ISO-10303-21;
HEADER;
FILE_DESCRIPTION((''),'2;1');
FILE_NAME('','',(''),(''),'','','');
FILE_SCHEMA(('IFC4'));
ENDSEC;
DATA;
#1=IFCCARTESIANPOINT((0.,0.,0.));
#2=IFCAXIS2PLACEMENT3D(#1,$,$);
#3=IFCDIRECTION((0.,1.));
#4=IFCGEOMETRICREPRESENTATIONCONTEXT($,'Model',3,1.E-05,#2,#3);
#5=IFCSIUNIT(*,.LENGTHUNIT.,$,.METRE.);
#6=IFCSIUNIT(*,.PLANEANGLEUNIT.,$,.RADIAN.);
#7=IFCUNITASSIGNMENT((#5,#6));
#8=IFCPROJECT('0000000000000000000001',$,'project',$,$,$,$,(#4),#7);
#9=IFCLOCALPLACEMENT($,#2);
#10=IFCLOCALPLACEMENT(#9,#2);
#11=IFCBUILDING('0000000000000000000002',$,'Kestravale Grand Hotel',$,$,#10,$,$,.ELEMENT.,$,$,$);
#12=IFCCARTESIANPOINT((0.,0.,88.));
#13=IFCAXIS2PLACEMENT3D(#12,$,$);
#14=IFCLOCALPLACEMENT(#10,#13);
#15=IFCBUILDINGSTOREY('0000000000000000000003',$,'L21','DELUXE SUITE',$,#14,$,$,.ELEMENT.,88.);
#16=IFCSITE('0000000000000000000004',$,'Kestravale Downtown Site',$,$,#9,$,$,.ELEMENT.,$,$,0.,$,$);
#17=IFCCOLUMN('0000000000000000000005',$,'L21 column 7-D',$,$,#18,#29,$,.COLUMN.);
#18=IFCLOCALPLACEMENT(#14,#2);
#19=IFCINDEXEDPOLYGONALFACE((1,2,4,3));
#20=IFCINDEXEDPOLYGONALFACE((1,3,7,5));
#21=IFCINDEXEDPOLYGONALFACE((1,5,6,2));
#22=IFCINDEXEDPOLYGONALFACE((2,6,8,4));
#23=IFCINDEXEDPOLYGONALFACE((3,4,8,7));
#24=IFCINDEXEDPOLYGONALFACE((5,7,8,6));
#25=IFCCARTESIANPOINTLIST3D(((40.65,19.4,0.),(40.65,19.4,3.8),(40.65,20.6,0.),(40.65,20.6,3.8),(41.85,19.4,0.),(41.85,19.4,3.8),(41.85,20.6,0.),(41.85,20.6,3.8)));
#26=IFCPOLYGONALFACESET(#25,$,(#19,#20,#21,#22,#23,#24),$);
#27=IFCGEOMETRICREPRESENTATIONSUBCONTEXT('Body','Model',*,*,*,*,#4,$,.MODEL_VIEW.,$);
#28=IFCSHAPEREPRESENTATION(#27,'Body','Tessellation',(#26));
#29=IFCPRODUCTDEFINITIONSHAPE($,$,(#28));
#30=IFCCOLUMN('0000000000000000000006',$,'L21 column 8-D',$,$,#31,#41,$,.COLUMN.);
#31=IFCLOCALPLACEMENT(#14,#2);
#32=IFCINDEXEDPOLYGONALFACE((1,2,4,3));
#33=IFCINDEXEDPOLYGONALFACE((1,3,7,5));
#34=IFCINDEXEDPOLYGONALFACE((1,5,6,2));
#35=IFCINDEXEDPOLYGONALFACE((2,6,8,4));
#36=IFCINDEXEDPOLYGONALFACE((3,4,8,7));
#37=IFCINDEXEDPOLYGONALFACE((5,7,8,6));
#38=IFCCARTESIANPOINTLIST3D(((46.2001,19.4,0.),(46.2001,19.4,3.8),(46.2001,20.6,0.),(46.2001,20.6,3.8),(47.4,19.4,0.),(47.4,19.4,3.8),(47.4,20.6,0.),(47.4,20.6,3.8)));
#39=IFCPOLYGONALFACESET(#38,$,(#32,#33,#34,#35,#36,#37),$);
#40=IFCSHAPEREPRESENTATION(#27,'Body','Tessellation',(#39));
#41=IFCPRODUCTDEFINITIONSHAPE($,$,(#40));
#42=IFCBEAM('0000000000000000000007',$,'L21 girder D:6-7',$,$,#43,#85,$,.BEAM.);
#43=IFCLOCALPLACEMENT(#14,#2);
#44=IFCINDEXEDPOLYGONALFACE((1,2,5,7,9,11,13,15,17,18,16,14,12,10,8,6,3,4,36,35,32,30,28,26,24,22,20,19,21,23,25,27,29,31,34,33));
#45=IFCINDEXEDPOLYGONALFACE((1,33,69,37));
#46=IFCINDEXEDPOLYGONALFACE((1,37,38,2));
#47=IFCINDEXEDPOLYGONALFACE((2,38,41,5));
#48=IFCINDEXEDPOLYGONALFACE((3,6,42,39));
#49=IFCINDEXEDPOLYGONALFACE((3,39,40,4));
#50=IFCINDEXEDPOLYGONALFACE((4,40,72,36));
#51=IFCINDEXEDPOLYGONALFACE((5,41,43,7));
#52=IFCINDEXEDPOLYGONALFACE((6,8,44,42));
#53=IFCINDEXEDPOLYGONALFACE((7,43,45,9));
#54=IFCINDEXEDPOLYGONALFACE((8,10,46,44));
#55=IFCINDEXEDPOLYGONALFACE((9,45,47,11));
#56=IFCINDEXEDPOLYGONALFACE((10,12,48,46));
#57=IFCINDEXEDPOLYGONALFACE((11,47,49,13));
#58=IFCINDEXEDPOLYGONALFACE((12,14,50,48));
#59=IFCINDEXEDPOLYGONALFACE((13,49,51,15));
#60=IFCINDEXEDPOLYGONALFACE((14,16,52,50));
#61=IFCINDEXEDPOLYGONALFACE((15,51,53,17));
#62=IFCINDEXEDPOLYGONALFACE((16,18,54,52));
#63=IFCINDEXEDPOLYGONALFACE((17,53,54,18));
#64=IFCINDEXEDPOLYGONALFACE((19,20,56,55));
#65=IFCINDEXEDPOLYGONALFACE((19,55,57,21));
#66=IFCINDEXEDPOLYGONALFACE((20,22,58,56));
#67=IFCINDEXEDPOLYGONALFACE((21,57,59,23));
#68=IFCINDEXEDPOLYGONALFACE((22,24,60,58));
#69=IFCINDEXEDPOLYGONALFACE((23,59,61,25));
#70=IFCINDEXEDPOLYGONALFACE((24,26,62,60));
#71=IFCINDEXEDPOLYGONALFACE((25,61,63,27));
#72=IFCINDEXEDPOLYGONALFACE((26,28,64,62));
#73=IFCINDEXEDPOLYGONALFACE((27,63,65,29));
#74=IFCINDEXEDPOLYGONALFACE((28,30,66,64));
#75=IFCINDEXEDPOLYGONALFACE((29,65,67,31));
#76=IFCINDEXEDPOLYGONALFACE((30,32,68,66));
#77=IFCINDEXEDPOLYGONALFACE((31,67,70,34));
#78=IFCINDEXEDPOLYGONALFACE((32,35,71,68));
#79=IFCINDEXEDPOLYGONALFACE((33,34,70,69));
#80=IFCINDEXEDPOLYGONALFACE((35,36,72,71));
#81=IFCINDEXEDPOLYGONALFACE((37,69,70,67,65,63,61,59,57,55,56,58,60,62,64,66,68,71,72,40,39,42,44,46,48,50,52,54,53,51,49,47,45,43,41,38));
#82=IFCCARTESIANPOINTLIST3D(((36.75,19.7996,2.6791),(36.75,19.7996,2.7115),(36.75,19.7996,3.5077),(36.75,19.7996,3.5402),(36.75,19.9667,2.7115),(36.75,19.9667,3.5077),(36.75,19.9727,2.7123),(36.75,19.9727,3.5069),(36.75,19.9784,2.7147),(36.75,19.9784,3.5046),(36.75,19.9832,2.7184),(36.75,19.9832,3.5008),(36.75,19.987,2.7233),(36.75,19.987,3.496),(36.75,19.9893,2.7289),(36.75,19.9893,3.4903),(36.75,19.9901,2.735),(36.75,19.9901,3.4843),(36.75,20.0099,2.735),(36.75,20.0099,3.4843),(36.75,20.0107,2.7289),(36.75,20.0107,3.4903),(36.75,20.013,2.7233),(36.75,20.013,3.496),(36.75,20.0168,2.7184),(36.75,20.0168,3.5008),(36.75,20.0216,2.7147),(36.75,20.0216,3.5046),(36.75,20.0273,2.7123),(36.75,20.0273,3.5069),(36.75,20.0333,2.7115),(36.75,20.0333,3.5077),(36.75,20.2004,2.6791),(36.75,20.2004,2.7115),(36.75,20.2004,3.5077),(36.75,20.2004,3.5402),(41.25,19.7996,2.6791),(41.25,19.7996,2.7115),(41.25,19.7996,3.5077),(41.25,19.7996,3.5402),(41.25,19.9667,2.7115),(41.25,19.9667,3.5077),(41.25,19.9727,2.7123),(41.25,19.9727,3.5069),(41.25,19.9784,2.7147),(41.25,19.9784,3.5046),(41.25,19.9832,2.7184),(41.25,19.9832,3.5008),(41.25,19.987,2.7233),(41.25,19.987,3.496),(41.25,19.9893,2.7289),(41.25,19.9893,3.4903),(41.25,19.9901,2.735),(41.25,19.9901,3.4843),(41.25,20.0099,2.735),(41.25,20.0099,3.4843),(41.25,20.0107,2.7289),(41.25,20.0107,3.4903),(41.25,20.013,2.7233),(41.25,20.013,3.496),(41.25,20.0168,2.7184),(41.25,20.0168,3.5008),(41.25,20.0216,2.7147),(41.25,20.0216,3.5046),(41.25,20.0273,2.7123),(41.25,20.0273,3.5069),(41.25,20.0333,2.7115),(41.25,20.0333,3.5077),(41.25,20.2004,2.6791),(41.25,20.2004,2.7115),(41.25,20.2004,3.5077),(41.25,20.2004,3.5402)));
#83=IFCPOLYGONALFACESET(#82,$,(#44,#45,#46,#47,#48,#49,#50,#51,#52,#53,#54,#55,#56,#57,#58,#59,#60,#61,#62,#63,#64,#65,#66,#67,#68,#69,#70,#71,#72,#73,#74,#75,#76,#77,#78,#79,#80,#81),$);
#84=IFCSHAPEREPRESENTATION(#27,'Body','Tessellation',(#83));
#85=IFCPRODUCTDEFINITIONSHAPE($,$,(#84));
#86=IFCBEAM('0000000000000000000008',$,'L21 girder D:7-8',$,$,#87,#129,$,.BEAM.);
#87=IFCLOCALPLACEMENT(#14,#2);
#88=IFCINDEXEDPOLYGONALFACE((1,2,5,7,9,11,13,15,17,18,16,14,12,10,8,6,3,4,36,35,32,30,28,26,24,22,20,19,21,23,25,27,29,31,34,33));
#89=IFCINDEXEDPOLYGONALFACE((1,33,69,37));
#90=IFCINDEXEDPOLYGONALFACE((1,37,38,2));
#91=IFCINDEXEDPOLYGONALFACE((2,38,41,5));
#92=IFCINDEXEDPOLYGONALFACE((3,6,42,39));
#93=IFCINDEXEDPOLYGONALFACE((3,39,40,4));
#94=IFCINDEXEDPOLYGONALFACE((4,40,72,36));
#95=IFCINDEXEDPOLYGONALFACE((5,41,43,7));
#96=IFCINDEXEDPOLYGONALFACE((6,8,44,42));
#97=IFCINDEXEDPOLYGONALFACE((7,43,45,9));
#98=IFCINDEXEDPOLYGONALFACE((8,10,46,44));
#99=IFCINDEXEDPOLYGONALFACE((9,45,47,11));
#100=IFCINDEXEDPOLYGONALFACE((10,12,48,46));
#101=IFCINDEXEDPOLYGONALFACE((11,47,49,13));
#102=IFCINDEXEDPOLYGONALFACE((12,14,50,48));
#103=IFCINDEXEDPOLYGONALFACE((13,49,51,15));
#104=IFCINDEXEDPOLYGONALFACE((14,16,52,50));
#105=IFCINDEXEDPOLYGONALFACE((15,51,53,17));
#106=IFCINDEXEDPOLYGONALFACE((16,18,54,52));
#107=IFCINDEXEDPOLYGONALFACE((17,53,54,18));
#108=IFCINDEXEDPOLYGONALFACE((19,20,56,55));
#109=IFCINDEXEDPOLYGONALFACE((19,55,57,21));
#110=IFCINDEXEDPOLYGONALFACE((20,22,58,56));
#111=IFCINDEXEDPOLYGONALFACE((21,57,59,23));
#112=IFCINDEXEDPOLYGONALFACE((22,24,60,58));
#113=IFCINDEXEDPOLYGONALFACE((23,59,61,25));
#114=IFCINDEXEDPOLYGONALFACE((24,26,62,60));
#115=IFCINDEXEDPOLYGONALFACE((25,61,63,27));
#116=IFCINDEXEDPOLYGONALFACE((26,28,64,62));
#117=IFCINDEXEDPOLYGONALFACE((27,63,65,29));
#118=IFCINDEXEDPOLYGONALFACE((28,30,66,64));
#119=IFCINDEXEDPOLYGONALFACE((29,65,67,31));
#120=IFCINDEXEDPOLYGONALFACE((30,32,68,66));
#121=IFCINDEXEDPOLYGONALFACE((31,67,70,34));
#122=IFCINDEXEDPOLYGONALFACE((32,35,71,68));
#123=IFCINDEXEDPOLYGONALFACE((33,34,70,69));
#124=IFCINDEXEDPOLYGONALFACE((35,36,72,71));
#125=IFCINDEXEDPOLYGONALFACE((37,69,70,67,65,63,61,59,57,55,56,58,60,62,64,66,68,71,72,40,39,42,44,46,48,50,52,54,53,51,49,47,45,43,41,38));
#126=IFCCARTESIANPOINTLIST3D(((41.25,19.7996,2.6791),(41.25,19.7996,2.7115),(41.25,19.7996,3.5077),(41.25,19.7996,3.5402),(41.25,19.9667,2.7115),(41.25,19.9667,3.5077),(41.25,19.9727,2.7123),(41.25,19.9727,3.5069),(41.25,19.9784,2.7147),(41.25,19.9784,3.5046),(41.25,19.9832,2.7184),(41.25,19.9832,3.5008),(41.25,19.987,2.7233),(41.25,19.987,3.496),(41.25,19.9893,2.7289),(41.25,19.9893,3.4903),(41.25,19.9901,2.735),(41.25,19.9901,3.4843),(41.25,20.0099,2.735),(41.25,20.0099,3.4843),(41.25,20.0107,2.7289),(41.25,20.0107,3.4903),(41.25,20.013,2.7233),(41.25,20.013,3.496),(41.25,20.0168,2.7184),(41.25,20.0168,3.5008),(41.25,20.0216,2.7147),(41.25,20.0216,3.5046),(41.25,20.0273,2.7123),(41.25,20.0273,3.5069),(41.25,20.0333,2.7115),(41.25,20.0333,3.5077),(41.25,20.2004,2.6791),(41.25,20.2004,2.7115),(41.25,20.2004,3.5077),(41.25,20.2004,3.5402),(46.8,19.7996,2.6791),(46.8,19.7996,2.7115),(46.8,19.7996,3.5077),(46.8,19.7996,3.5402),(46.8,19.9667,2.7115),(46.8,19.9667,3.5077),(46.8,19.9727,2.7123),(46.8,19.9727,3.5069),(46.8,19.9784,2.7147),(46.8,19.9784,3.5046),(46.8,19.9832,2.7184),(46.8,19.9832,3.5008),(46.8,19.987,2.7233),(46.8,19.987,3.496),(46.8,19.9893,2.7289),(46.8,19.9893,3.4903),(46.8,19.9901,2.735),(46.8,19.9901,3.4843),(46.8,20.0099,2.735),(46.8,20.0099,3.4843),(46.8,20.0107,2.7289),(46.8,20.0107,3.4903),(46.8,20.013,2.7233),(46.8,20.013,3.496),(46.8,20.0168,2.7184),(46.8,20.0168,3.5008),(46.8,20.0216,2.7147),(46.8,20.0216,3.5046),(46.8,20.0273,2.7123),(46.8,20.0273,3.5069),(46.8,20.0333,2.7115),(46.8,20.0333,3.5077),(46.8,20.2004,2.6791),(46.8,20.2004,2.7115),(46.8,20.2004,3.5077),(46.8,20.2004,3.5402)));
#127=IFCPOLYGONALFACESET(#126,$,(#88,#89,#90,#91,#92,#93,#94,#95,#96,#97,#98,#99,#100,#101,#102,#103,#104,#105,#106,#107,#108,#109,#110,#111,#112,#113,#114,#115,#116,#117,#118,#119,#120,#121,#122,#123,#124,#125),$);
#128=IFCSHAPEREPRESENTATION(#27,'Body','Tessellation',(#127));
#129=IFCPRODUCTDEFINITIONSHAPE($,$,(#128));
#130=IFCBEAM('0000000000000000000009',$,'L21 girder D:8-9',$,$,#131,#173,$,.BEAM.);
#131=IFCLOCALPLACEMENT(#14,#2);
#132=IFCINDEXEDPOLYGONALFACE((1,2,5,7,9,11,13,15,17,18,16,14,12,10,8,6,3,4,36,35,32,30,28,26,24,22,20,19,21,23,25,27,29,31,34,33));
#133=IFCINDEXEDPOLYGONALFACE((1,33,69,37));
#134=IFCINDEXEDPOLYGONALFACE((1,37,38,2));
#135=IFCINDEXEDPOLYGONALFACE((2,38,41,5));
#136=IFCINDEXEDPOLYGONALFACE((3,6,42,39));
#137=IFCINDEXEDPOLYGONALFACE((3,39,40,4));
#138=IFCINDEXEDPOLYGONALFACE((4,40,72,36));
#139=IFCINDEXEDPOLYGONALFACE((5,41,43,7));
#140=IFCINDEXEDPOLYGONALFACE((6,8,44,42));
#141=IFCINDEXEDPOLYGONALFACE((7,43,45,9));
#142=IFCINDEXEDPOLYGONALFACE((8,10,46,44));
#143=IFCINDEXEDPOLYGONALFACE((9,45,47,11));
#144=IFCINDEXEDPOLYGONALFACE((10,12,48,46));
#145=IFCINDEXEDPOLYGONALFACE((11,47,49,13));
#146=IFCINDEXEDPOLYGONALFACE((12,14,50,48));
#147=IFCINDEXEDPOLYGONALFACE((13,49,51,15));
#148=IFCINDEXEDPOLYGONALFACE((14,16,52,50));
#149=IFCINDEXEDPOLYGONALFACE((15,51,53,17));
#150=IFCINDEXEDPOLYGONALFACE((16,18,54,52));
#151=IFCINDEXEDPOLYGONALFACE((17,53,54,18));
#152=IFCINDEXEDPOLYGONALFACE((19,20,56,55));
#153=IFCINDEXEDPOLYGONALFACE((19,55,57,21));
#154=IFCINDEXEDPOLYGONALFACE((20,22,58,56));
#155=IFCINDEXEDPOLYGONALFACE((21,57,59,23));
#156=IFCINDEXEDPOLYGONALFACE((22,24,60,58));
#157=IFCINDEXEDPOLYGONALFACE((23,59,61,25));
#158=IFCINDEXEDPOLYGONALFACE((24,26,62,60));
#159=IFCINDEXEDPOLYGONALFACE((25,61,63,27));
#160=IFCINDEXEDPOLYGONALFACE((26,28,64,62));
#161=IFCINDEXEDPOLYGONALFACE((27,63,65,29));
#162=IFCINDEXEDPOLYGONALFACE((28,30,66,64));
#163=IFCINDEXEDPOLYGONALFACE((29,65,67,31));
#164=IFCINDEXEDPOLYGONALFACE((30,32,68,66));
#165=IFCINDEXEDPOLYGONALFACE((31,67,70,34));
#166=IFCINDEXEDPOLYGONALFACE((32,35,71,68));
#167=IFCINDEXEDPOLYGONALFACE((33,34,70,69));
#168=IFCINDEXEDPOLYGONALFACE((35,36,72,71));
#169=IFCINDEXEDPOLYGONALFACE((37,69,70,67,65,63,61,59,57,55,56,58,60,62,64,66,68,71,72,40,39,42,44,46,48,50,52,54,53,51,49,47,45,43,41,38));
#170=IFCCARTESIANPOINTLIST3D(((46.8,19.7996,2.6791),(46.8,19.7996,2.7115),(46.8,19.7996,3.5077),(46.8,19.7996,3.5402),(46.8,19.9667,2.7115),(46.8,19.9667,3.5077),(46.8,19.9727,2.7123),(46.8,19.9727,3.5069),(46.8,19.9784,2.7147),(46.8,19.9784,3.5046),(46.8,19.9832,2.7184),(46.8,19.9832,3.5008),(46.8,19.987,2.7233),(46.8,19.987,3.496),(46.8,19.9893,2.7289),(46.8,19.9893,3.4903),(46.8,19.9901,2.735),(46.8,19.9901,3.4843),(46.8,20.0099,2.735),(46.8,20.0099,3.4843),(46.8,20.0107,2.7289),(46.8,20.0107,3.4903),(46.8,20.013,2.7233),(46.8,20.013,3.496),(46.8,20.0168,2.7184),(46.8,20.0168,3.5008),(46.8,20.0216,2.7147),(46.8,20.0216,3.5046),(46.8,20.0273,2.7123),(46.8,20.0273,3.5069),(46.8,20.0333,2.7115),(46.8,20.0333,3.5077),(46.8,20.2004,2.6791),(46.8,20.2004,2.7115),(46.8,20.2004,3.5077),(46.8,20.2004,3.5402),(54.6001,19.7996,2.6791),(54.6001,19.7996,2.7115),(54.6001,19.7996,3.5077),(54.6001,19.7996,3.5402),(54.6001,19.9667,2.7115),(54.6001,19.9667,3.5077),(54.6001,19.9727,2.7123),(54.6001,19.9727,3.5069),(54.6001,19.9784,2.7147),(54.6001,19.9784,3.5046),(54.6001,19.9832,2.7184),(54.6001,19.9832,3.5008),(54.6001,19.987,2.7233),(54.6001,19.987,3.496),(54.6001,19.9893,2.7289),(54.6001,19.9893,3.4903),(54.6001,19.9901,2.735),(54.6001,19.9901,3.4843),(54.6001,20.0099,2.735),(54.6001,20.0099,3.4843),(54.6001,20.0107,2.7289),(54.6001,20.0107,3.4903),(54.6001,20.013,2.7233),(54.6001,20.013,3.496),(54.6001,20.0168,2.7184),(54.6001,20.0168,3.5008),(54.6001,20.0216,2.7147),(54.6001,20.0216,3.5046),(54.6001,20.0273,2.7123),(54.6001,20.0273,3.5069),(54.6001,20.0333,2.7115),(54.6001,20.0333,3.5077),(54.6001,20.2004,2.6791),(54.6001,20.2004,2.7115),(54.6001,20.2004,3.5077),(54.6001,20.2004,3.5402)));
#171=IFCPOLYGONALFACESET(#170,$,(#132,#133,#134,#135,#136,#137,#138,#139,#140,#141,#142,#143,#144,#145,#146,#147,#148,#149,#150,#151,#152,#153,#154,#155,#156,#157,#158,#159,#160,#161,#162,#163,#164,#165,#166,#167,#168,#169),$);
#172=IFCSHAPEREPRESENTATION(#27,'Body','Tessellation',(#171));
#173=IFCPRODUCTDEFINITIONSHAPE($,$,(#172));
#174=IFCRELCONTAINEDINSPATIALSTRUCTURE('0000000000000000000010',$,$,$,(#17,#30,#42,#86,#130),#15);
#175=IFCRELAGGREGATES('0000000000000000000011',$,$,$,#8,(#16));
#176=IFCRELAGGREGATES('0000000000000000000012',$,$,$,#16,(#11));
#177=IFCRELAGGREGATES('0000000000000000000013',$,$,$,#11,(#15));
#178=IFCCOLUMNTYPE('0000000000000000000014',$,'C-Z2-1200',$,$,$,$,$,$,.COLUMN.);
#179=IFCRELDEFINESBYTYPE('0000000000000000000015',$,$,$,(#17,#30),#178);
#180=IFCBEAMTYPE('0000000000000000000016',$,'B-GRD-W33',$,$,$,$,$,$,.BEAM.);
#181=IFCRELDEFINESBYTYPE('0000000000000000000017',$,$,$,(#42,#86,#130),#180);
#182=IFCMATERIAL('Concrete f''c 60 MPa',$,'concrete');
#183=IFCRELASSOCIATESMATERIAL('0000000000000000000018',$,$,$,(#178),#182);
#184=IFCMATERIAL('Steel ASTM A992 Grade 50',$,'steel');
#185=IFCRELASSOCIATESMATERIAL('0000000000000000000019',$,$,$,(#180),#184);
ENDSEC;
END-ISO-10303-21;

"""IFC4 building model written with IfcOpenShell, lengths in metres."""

from ifc_helpers import new_model, si_unit, direction, frame, origin, origin_2d, place, context, subcontext, project, spatial, rectangle, i_section, extrude, material, material_profile, profile_set, type_object, element, save


model = new_model("IFC4")

# Units and contexts
model_context = context("Model", 3, precision=1e-05, world=origin(), true_north=direction((0.0, 1.0)))
body_context = subcontext(model_context, "Body", "Model", "MODEL_VIEW")
ifc_project = project(units=[si_unit("LENGTHUNIT", "METRE"), si_unit("PLANEANGLEUNIT", "RADIAN")], contexts=[model_context])

# Site, building, storey
site_placement = place(None, origin())
site = spatial("IfcSite", under=ifc_project, at=site_placement, Name="Kestravale Downtown Site", CompositionType="ELEMENT", RefElevation=0.0)
building_placement = place(site_placement, origin())
building = spatial("IfcBuilding", under=site, at=building_placement, Name="Kestravale Grand Hotel", CompositionType="ELEMENT")
storey_placement = place(building_placement, frame((0.0, 0.0, 88.0)))
storey = spatial("IfcBuildingStorey", under=building, at=storey_placement, Name="L21", Description="DELUXE SUITE", CompositionType="ELEMENT", Elevation=88.0)

# Columns
ifc_material_1 = material(Name="Concrete f'c 60 MPa", Category="concrete")
ifc_material_profile_1 = material_profile(ifc_material_1, rectangle(XDim=1.2, YDim=1.2, at=origin_2d()))
ifc_profile_set_1 = profile_set([ifc_material_profile_1], Name="Concrete f'c 60 MPa")
column_type = type_object("IfcColumnType", Name="C-Z2-1200", PredefinedType="COLUMN", material=ifc_profile_set_1)
for number, where, z_axis, x_axis, name in (
    (1, (41.25, 20.0, 0.0), (0.0, 0.0, 1.0), (1.0, 0.0, 0.0), "L21 column 7-D"),
    (2, (46.8, 20.0, 0.0), (0.0, 0.0, 1.0), (1.0, 0.0, 0.0), "L21 column 8-D"),
):
    element("IfcColumn", number, at=place(storey_placement, frame(where, z_axis=z_axis, x_axis=x_axis)), inside=storey, type_object=column_type, Name=name, PredefinedType="COLUMN", context=body_context, shape_type="SweptSolid", body=[
        extrude(rectangle(XDim=1.2, YDim=1.2, at=origin_2d()), origin(), (0.0, 0.0, 1.0), 3.8),
    ])

# Beams
ifc_material_2 = material(Name="Steel ASTM A992 Grade 50", Category="steel")
ifc_material_profile_2 = material_profile(ifc_material_2, i_section(OverallWidth=0.4009, OverallDepth=0.8611, WebThickness=0.0198, FlangeThickness=0.0325, FilletRadius=0.0234, at=origin_2d()))
ifc_profile_set_2 = profile_set([ifc_material_profile_2], Name="Steel ASTM A992 Grade 50")
beam_type = type_object("IfcBeamType", Name="B-GRD-W33", PredefinedType="BEAM", material=ifc_profile_set_2)
beam_1_placement = place(storey_placement, frame((36.75, 20.0, 3.1096), z_axis=(1.0, 0.0, 0.0), x_axis=(0.0, 1.0, 0.0)))
element("IfcBeam", 3, at=beam_1_placement, inside=storey, type_object=beam_type, Name="L21 girder D:6-7", PredefinedType="BEAM", context=body_context, shape_type="SweptSolid", body=[
    extrude(i_section(OverallWidth=0.4009, OverallDepth=0.8611, WebThickness=0.0198, FlangeThickness=0.0325, FilletRadius=0.0234, at=origin_2d()), origin(), (0.0, 0.0, 1.0), 4.5),
])
beam_2_placement = place(storey_placement, frame((41.25, 20.0, 3.1096), z_axis=(1.0, 0.0, 0.0), x_axis=(0.0, 1.0, 0.0)))
element("IfcBeam", 4, at=beam_2_placement, inside=storey, type_object=beam_type, Name="L21 girder D:7-8", PredefinedType="BEAM", context=body_context, shape_type="SweptSolid", body=[
    extrude(i_section(OverallWidth=0.4009, OverallDepth=0.8611, WebThickness=0.0198, FlangeThickness=0.0325, FilletRadius=0.0234, at=origin_2d()), origin(), (0.0, 0.0, 1.0), 5.55),
])
beam_3_placement = place(storey_placement, frame((46.8, 20.0, 3.1096), z_axis=(1.0, 0.0, 0.0), x_axis=(0.0, 1.0, 0.0)))
element("IfcBeam", 5, at=beam_3_placement, inside=storey, type_object=beam_type, Name="L21 girder D:8-9", PredefinedType="BEAM", context=body_context, shape_type="SweptSolid", body=[
    extrude(i_section(OverallWidth=0.4009, OverallDepth=0.8611, WebThickness=0.0198, FlangeThickness=0.0325, FilletRadius=0.0234, at=origin_2d()), origin(), (0.0, 0.0, 1.0), 7.8),
])

save(model, "model.ifc")
